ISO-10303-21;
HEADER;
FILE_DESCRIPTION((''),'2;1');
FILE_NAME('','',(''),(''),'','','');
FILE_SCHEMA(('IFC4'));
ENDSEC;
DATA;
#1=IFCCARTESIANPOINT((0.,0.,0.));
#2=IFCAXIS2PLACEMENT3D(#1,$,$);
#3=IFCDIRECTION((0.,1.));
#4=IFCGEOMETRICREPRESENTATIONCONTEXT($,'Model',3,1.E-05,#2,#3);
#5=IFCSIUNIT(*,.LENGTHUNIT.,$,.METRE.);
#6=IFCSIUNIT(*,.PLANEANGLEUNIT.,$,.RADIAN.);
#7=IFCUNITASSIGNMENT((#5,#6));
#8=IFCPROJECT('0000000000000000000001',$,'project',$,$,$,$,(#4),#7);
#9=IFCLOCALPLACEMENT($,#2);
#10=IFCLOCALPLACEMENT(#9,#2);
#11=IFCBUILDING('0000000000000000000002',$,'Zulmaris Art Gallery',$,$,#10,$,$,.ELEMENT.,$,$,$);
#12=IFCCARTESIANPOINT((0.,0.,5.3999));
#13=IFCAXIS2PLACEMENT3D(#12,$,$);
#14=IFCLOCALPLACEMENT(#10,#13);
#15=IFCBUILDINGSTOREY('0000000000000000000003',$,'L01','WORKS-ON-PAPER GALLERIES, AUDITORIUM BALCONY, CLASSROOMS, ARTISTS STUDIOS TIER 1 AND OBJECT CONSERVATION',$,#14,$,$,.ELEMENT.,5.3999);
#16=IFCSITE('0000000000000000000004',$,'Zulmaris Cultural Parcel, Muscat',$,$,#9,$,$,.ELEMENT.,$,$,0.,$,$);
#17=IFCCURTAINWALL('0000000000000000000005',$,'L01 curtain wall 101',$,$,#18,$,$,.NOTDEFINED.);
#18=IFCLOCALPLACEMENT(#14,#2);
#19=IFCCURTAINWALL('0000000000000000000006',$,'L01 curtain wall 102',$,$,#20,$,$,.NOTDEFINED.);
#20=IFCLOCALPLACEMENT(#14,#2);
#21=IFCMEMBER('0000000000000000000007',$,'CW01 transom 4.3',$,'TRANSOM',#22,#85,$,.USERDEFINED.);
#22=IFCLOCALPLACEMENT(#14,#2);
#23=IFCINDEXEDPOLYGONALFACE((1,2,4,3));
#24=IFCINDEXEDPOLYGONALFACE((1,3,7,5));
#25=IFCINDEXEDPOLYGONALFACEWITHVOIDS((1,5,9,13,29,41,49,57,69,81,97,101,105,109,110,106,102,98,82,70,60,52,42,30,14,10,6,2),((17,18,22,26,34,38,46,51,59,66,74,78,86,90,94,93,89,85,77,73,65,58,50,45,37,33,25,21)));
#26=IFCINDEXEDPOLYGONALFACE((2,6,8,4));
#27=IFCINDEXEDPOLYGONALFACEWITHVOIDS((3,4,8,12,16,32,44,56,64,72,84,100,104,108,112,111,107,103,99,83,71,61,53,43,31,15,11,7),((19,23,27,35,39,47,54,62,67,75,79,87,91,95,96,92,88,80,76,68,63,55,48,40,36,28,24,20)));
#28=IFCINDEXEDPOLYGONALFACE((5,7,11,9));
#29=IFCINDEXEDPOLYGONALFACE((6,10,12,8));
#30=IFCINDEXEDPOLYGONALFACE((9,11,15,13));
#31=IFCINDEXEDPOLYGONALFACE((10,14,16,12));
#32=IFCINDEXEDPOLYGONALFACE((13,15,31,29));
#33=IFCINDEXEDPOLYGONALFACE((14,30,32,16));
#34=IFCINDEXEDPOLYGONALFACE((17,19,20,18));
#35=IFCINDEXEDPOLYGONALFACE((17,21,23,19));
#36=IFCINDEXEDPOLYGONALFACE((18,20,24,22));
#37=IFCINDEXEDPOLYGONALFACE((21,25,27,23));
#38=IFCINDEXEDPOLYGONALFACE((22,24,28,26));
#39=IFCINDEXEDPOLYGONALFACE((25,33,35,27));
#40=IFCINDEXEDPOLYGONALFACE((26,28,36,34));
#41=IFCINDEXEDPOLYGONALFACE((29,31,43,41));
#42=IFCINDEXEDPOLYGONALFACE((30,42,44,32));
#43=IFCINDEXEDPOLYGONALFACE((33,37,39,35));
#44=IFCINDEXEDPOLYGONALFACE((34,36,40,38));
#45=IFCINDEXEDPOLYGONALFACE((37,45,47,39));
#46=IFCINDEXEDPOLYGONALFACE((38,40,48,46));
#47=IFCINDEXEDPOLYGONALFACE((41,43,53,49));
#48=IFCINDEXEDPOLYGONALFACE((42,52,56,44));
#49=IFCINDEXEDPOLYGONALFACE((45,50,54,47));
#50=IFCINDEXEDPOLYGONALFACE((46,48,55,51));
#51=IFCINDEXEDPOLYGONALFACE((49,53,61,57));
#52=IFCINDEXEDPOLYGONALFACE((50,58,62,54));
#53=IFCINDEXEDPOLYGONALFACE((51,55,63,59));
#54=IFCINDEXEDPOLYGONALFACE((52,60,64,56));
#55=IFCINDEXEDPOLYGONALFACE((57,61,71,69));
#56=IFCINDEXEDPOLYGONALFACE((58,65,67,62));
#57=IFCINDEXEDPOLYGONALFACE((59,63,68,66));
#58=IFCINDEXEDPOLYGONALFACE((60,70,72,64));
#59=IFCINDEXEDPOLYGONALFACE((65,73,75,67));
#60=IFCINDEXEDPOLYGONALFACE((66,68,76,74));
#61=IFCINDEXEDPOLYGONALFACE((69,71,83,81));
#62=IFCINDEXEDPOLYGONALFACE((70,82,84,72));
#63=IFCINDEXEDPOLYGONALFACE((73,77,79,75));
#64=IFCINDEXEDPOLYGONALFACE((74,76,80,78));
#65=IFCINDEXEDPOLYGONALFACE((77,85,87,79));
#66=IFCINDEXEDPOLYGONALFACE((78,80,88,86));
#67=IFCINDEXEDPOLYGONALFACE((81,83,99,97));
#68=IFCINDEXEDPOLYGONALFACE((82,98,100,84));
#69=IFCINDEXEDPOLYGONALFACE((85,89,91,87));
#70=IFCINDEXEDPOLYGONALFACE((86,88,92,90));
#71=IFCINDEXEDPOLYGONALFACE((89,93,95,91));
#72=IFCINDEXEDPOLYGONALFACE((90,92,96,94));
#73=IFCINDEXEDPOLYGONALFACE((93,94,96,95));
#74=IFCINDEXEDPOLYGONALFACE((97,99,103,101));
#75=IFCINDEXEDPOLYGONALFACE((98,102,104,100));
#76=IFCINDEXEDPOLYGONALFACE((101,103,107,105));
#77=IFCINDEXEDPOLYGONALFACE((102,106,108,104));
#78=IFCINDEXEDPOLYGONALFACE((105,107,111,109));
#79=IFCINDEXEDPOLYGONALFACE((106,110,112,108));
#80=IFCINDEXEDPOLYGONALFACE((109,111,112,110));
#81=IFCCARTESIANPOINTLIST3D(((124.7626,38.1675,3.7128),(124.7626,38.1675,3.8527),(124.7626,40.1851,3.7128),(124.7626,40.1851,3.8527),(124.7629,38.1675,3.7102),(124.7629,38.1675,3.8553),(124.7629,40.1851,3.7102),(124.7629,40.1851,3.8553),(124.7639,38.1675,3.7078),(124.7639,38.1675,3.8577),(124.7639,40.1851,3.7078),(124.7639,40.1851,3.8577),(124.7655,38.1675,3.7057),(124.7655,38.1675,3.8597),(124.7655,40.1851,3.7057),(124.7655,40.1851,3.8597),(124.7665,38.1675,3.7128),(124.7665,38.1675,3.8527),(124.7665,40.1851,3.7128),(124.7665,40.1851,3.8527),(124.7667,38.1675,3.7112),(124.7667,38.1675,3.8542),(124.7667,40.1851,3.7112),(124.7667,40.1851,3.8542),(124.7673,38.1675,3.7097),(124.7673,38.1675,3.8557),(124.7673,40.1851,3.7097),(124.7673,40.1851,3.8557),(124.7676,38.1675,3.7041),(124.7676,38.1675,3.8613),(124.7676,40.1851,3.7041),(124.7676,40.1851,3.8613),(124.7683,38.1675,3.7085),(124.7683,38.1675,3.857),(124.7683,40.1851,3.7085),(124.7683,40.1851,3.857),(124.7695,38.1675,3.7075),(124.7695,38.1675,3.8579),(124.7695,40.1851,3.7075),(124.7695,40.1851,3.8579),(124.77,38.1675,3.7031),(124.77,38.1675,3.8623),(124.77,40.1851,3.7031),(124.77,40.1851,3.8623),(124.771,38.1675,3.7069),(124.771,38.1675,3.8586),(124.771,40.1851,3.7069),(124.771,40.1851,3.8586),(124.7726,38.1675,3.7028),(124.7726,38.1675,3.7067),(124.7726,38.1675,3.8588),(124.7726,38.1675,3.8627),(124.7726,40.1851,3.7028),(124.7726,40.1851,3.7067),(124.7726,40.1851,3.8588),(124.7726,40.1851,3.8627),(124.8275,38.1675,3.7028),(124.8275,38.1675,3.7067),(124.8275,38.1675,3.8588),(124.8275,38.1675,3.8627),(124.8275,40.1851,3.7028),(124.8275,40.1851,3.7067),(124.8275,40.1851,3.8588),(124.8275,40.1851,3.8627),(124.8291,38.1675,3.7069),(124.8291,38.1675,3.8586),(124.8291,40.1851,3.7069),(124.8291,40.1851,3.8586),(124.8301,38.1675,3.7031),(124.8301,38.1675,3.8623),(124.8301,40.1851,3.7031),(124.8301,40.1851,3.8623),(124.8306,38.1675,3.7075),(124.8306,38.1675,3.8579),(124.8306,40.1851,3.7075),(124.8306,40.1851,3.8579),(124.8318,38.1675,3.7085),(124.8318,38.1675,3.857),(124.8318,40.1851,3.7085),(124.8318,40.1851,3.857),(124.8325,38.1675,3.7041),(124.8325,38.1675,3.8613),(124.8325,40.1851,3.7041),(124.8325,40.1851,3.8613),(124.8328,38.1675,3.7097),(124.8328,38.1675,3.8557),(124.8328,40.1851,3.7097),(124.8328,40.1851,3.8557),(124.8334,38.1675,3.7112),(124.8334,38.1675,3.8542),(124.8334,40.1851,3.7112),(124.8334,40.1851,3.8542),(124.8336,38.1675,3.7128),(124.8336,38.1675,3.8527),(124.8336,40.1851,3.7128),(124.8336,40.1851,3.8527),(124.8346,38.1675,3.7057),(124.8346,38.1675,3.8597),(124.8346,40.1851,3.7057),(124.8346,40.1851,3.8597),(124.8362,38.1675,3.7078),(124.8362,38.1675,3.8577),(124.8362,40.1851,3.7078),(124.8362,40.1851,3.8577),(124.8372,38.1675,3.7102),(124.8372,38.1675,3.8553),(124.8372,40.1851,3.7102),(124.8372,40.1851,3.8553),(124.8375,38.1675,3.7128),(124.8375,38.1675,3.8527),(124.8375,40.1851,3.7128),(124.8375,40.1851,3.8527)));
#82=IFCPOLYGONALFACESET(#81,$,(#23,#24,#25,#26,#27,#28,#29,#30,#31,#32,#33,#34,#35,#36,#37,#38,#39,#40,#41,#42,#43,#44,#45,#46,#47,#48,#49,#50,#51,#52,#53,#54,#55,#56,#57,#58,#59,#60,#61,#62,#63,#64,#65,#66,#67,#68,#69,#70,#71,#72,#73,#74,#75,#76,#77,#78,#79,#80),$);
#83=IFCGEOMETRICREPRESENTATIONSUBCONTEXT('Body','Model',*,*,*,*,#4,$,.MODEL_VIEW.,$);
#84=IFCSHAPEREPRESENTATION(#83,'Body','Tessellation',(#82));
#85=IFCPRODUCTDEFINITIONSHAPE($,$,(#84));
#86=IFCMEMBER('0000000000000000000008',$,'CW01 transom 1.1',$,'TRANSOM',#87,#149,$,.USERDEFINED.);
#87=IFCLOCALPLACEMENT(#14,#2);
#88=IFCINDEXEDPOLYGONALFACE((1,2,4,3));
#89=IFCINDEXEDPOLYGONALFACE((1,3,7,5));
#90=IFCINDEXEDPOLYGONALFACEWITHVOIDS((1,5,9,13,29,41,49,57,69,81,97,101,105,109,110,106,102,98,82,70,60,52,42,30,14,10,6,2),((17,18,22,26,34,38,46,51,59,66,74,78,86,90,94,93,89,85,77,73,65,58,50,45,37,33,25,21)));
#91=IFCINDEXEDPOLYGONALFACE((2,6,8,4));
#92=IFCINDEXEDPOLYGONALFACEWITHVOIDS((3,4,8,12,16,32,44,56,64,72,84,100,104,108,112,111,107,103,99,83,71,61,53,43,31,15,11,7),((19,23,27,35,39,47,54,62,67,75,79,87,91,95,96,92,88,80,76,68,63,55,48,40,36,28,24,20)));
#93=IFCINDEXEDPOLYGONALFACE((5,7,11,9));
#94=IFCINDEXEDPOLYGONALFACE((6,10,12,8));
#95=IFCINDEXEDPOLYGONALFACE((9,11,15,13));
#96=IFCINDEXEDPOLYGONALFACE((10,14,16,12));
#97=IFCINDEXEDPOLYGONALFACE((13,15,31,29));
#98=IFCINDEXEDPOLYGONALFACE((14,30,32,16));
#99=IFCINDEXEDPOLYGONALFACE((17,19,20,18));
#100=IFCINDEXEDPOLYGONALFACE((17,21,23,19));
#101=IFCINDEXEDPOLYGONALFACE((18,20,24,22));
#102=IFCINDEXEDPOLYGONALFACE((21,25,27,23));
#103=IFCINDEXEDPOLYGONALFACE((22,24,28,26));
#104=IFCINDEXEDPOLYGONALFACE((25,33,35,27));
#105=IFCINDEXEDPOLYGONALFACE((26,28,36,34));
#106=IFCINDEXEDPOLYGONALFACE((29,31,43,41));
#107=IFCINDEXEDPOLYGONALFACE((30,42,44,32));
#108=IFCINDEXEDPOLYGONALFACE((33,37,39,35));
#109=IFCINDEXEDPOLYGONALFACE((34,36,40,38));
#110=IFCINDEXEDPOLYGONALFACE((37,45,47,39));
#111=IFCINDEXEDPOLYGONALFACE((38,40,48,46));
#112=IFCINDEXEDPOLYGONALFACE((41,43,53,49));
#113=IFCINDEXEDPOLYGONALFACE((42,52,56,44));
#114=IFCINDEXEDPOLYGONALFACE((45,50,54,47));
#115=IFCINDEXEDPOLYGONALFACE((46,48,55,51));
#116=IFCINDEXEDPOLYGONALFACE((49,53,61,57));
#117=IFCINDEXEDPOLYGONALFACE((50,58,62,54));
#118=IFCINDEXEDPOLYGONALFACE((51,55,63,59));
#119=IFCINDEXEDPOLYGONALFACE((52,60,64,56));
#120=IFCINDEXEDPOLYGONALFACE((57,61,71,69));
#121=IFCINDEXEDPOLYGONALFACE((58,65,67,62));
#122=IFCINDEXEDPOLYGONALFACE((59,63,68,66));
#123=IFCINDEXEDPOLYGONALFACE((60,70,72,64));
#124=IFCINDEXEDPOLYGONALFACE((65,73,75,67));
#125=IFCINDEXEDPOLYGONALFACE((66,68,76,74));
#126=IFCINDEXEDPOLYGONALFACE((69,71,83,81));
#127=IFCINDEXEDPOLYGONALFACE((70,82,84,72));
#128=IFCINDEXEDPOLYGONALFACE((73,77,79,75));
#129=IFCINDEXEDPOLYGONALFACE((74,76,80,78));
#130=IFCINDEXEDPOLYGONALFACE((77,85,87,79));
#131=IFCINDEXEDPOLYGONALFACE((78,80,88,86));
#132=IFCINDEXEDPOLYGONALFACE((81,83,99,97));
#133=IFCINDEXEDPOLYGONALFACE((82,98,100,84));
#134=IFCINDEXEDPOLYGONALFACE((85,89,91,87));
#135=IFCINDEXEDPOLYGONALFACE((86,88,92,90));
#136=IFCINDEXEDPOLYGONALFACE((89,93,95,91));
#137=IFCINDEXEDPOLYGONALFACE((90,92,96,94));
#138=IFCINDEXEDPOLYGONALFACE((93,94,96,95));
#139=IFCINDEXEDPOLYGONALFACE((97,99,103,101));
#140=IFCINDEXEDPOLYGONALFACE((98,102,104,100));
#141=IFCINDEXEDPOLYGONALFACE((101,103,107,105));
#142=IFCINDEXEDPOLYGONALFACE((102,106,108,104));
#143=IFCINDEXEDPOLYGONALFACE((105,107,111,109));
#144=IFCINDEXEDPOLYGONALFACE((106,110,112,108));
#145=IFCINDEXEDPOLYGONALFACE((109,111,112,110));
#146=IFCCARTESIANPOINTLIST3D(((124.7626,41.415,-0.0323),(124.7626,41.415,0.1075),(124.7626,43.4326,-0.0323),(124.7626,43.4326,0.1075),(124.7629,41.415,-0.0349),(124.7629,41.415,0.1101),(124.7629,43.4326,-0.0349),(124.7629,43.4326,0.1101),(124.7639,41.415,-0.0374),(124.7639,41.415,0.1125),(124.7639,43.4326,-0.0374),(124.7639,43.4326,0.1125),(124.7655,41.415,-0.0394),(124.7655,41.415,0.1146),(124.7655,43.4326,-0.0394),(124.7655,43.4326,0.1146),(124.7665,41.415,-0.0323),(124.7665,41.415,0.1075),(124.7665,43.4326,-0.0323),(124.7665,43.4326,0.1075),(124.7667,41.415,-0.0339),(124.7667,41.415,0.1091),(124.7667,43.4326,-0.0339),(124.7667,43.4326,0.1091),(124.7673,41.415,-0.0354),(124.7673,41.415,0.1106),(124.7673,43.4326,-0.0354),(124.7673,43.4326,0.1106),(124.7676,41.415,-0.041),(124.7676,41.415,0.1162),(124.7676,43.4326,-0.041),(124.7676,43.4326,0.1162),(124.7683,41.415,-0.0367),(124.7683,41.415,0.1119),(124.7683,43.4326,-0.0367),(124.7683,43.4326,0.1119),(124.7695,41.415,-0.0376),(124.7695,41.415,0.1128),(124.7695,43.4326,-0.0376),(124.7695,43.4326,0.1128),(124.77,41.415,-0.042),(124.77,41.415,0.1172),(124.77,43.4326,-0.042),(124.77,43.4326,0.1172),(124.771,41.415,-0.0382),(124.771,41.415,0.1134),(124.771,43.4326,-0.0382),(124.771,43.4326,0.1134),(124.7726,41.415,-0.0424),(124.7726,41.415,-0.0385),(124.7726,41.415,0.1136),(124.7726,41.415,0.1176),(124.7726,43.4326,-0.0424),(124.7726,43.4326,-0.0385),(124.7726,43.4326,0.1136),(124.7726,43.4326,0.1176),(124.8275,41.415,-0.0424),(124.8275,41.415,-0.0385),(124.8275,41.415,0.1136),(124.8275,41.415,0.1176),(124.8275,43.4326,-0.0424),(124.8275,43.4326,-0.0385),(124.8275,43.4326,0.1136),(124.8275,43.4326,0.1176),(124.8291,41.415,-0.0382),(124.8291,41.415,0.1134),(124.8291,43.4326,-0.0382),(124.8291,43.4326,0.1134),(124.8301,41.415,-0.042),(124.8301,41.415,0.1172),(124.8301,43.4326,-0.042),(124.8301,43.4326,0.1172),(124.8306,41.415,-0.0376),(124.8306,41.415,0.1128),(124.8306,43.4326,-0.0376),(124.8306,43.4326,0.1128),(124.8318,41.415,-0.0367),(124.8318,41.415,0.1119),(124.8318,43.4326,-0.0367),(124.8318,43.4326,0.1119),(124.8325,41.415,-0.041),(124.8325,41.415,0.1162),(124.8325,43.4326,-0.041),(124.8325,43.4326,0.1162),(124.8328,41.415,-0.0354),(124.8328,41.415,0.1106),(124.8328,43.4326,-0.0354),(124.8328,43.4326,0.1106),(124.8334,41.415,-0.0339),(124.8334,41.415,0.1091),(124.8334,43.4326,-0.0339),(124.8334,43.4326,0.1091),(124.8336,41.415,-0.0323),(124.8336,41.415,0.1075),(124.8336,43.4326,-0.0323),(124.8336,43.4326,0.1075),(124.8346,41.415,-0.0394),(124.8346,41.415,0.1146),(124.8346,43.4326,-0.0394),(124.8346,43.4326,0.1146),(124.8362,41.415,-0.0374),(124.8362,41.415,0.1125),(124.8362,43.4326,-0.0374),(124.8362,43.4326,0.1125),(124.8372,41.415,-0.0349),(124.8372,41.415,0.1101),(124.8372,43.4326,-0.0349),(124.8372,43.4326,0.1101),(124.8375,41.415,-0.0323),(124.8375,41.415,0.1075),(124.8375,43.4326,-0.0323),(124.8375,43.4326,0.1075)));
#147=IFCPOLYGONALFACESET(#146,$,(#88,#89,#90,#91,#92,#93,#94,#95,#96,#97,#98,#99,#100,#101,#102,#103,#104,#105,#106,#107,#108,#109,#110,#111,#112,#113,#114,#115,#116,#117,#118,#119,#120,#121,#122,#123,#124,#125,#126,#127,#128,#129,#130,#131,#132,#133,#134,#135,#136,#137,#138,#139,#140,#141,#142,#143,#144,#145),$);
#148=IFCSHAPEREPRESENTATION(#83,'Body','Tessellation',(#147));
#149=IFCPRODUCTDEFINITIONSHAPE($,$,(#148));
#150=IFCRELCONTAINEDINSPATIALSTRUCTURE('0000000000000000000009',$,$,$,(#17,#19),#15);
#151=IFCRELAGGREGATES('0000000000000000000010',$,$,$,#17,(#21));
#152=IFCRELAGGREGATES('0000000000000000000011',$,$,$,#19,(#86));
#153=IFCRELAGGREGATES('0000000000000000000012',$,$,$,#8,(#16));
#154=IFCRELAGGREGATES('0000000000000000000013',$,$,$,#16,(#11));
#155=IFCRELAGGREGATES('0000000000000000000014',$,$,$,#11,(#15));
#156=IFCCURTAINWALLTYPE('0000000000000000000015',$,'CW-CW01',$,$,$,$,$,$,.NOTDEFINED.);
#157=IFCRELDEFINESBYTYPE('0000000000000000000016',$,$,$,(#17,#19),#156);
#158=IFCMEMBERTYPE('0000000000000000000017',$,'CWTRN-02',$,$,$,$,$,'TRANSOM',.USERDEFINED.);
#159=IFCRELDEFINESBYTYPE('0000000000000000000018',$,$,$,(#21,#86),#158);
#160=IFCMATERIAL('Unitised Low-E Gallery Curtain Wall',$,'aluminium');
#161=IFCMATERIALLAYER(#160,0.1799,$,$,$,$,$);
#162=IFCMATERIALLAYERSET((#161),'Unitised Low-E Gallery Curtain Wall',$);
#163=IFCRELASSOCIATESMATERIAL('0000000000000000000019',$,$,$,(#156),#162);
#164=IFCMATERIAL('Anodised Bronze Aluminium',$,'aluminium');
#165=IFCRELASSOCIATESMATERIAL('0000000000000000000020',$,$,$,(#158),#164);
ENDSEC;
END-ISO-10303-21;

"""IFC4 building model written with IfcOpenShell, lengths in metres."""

from ifc_helpers import new_model, si_unit, direction, frame, origin, origin_2d, place, context, subcontext, project, spatial, hollow_rectangle, extrude, material, layer, layer_set, material_profile, profile_set, type_object, element, aggregate, save


model = new_model("IFC4")

# Units and contexts
model_context = context("Model", 3, precision=1e-05, world=origin(), true_north=direction((0.0, 1.0)))
body_context = subcontext(model_context, "Body", "Model", "MODEL_VIEW")
ifc_project = project(units=[si_unit("LENGTHUNIT", "METRE"), si_unit("PLANEANGLEUNIT", "RADIAN")], contexts=[model_context])

# Site, building, storey
site_placement = place(None, origin())
site = spatial("IfcSite", under=ifc_project, at=site_placement, Name="Zulmaris Cultural Parcel, Muscat", CompositionType="ELEMENT", RefElevation=0.0)
building_placement = place(site_placement, origin())
building = spatial("IfcBuilding", under=site, at=building_placement, Name="Zulmaris Art Gallery", CompositionType="ELEMENT")
storey_placement = place(building_placement, frame((0.0, 0.0, 5.3999)))
storey = spatial("IfcBuildingStorey", under=building, at=storey_placement, Name="L01", Description="WORKS-ON-PAPER GALLERIES, AUDITORIUM BALCONY, CLASSROOMS, ARTISTS STUDIOS TIER 1 AND OBJECT CONSERVATION", CompositionType="ELEMENT", Elevation=5.3999)

# Curtain walls
ifc_material_1 = material(Name="Unitised Low-E Gallery Curtain Wall", Category="aluminium")
ifc_layer_1 = layer(ifc_material_1, 0.1799)
ifc_layer_set_1 = layer_set([ifc_layer_1], Name="Unitised Low-E Gallery Curtain Wall")
curtain_wall_type = type_object("IfcCurtainWallType", Name="CW-CW01", PredefinedType="NOTDEFINED", material=ifc_layer_set_1)
curtain_wall_1_placement = place(storey_placement, origin())
curtain_wall_1 = element("IfcCurtainWall", 1, at=curtain_wall_1_placement, inside=storey, type_object=curtain_wall_type, Name="L01 curtain wall 101", PredefinedType="NOTDEFINED")
ifc_material_2 = material(Name="Anodised Bronze Aluminium", Category="aluminium")
curtain_wall_2_placement = place(storey_placement, origin())
curtain_wall_2 = element("IfcCurtainWall", 2, at=curtain_wall_2_placement, inside=storey, type_object=curtain_wall_type, Name="L01 curtain wall 102", PredefinedType="NOTDEFINED")

# Members
ifc_material_profile_1 = material_profile(ifc_material_2, hollow_rectangle(XDim=0.075, YDim=0.1599, WallThickness=0.0039, InnerFilletRadius=0.0061, OuterFilletRadius=0.01, at=origin_2d()), Name="ALU 75x160x4")
ifc_profile_set_1 = profile_set([ifc_material_profile_1], Name="Anodised Bronze Aluminium")
member_type_1 = type_object("IfcMemberType", Name="CWTRN-02", ElementType="TRANSOM", PredefinedType="USERDEFINED", material=ifc_profile_set_1)
member_1_placement = place(storey_placement, frame((124.8, 38.1675, 3.7827), z_axis=(0.0, 1.0, 0.0), x_axis=(-1.0, 0.0, 0.0)))
member_1 = element("IfcMember", 3, at=member_1_placement, type_object=member_type_1, Name="CW01 transom 4.3", ObjectType="TRANSOM", PredefinedType="USERDEFINED", context=body_context, shape_type="SweptSolid", body=[
    extrude(hollow_rectangle(XDim=0.075, YDim=0.1599, WallThickness=0.0039, InnerFilletRadius=0.0061, OuterFilletRadius=0.01, at=origin_2d()), origin(), (0.0, 0.0, 1.0), 2.0176),
])
member_2_placement = place(storey_placement, frame((124.8, 41.415, 0.0376), z_axis=(0.0, 1.0, 0.0), x_axis=(-1.0, 0.0, 0.0)))
member_2 = element("IfcMember", 4, at=member_2_placement, type_object=member_type_1, Name="CW01 transom 1.1", ObjectType="TRANSOM", PredefinedType="USERDEFINED", context=body_context, shape_type="SweptSolid", body=[
    extrude(hollow_rectangle(XDim=0.075, YDim=0.1599, WallThickness=0.0039, InnerFilletRadius=0.0061, OuterFilletRadius=0.01, at=origin_2d()), origin(), (0.0, 0.0, 1.0), 2.0176),
])

aggregate(curtain_wall_1, [member_1])
aggregate(curtain_wall_2, [member_2])

save(model, "model.ifc")
